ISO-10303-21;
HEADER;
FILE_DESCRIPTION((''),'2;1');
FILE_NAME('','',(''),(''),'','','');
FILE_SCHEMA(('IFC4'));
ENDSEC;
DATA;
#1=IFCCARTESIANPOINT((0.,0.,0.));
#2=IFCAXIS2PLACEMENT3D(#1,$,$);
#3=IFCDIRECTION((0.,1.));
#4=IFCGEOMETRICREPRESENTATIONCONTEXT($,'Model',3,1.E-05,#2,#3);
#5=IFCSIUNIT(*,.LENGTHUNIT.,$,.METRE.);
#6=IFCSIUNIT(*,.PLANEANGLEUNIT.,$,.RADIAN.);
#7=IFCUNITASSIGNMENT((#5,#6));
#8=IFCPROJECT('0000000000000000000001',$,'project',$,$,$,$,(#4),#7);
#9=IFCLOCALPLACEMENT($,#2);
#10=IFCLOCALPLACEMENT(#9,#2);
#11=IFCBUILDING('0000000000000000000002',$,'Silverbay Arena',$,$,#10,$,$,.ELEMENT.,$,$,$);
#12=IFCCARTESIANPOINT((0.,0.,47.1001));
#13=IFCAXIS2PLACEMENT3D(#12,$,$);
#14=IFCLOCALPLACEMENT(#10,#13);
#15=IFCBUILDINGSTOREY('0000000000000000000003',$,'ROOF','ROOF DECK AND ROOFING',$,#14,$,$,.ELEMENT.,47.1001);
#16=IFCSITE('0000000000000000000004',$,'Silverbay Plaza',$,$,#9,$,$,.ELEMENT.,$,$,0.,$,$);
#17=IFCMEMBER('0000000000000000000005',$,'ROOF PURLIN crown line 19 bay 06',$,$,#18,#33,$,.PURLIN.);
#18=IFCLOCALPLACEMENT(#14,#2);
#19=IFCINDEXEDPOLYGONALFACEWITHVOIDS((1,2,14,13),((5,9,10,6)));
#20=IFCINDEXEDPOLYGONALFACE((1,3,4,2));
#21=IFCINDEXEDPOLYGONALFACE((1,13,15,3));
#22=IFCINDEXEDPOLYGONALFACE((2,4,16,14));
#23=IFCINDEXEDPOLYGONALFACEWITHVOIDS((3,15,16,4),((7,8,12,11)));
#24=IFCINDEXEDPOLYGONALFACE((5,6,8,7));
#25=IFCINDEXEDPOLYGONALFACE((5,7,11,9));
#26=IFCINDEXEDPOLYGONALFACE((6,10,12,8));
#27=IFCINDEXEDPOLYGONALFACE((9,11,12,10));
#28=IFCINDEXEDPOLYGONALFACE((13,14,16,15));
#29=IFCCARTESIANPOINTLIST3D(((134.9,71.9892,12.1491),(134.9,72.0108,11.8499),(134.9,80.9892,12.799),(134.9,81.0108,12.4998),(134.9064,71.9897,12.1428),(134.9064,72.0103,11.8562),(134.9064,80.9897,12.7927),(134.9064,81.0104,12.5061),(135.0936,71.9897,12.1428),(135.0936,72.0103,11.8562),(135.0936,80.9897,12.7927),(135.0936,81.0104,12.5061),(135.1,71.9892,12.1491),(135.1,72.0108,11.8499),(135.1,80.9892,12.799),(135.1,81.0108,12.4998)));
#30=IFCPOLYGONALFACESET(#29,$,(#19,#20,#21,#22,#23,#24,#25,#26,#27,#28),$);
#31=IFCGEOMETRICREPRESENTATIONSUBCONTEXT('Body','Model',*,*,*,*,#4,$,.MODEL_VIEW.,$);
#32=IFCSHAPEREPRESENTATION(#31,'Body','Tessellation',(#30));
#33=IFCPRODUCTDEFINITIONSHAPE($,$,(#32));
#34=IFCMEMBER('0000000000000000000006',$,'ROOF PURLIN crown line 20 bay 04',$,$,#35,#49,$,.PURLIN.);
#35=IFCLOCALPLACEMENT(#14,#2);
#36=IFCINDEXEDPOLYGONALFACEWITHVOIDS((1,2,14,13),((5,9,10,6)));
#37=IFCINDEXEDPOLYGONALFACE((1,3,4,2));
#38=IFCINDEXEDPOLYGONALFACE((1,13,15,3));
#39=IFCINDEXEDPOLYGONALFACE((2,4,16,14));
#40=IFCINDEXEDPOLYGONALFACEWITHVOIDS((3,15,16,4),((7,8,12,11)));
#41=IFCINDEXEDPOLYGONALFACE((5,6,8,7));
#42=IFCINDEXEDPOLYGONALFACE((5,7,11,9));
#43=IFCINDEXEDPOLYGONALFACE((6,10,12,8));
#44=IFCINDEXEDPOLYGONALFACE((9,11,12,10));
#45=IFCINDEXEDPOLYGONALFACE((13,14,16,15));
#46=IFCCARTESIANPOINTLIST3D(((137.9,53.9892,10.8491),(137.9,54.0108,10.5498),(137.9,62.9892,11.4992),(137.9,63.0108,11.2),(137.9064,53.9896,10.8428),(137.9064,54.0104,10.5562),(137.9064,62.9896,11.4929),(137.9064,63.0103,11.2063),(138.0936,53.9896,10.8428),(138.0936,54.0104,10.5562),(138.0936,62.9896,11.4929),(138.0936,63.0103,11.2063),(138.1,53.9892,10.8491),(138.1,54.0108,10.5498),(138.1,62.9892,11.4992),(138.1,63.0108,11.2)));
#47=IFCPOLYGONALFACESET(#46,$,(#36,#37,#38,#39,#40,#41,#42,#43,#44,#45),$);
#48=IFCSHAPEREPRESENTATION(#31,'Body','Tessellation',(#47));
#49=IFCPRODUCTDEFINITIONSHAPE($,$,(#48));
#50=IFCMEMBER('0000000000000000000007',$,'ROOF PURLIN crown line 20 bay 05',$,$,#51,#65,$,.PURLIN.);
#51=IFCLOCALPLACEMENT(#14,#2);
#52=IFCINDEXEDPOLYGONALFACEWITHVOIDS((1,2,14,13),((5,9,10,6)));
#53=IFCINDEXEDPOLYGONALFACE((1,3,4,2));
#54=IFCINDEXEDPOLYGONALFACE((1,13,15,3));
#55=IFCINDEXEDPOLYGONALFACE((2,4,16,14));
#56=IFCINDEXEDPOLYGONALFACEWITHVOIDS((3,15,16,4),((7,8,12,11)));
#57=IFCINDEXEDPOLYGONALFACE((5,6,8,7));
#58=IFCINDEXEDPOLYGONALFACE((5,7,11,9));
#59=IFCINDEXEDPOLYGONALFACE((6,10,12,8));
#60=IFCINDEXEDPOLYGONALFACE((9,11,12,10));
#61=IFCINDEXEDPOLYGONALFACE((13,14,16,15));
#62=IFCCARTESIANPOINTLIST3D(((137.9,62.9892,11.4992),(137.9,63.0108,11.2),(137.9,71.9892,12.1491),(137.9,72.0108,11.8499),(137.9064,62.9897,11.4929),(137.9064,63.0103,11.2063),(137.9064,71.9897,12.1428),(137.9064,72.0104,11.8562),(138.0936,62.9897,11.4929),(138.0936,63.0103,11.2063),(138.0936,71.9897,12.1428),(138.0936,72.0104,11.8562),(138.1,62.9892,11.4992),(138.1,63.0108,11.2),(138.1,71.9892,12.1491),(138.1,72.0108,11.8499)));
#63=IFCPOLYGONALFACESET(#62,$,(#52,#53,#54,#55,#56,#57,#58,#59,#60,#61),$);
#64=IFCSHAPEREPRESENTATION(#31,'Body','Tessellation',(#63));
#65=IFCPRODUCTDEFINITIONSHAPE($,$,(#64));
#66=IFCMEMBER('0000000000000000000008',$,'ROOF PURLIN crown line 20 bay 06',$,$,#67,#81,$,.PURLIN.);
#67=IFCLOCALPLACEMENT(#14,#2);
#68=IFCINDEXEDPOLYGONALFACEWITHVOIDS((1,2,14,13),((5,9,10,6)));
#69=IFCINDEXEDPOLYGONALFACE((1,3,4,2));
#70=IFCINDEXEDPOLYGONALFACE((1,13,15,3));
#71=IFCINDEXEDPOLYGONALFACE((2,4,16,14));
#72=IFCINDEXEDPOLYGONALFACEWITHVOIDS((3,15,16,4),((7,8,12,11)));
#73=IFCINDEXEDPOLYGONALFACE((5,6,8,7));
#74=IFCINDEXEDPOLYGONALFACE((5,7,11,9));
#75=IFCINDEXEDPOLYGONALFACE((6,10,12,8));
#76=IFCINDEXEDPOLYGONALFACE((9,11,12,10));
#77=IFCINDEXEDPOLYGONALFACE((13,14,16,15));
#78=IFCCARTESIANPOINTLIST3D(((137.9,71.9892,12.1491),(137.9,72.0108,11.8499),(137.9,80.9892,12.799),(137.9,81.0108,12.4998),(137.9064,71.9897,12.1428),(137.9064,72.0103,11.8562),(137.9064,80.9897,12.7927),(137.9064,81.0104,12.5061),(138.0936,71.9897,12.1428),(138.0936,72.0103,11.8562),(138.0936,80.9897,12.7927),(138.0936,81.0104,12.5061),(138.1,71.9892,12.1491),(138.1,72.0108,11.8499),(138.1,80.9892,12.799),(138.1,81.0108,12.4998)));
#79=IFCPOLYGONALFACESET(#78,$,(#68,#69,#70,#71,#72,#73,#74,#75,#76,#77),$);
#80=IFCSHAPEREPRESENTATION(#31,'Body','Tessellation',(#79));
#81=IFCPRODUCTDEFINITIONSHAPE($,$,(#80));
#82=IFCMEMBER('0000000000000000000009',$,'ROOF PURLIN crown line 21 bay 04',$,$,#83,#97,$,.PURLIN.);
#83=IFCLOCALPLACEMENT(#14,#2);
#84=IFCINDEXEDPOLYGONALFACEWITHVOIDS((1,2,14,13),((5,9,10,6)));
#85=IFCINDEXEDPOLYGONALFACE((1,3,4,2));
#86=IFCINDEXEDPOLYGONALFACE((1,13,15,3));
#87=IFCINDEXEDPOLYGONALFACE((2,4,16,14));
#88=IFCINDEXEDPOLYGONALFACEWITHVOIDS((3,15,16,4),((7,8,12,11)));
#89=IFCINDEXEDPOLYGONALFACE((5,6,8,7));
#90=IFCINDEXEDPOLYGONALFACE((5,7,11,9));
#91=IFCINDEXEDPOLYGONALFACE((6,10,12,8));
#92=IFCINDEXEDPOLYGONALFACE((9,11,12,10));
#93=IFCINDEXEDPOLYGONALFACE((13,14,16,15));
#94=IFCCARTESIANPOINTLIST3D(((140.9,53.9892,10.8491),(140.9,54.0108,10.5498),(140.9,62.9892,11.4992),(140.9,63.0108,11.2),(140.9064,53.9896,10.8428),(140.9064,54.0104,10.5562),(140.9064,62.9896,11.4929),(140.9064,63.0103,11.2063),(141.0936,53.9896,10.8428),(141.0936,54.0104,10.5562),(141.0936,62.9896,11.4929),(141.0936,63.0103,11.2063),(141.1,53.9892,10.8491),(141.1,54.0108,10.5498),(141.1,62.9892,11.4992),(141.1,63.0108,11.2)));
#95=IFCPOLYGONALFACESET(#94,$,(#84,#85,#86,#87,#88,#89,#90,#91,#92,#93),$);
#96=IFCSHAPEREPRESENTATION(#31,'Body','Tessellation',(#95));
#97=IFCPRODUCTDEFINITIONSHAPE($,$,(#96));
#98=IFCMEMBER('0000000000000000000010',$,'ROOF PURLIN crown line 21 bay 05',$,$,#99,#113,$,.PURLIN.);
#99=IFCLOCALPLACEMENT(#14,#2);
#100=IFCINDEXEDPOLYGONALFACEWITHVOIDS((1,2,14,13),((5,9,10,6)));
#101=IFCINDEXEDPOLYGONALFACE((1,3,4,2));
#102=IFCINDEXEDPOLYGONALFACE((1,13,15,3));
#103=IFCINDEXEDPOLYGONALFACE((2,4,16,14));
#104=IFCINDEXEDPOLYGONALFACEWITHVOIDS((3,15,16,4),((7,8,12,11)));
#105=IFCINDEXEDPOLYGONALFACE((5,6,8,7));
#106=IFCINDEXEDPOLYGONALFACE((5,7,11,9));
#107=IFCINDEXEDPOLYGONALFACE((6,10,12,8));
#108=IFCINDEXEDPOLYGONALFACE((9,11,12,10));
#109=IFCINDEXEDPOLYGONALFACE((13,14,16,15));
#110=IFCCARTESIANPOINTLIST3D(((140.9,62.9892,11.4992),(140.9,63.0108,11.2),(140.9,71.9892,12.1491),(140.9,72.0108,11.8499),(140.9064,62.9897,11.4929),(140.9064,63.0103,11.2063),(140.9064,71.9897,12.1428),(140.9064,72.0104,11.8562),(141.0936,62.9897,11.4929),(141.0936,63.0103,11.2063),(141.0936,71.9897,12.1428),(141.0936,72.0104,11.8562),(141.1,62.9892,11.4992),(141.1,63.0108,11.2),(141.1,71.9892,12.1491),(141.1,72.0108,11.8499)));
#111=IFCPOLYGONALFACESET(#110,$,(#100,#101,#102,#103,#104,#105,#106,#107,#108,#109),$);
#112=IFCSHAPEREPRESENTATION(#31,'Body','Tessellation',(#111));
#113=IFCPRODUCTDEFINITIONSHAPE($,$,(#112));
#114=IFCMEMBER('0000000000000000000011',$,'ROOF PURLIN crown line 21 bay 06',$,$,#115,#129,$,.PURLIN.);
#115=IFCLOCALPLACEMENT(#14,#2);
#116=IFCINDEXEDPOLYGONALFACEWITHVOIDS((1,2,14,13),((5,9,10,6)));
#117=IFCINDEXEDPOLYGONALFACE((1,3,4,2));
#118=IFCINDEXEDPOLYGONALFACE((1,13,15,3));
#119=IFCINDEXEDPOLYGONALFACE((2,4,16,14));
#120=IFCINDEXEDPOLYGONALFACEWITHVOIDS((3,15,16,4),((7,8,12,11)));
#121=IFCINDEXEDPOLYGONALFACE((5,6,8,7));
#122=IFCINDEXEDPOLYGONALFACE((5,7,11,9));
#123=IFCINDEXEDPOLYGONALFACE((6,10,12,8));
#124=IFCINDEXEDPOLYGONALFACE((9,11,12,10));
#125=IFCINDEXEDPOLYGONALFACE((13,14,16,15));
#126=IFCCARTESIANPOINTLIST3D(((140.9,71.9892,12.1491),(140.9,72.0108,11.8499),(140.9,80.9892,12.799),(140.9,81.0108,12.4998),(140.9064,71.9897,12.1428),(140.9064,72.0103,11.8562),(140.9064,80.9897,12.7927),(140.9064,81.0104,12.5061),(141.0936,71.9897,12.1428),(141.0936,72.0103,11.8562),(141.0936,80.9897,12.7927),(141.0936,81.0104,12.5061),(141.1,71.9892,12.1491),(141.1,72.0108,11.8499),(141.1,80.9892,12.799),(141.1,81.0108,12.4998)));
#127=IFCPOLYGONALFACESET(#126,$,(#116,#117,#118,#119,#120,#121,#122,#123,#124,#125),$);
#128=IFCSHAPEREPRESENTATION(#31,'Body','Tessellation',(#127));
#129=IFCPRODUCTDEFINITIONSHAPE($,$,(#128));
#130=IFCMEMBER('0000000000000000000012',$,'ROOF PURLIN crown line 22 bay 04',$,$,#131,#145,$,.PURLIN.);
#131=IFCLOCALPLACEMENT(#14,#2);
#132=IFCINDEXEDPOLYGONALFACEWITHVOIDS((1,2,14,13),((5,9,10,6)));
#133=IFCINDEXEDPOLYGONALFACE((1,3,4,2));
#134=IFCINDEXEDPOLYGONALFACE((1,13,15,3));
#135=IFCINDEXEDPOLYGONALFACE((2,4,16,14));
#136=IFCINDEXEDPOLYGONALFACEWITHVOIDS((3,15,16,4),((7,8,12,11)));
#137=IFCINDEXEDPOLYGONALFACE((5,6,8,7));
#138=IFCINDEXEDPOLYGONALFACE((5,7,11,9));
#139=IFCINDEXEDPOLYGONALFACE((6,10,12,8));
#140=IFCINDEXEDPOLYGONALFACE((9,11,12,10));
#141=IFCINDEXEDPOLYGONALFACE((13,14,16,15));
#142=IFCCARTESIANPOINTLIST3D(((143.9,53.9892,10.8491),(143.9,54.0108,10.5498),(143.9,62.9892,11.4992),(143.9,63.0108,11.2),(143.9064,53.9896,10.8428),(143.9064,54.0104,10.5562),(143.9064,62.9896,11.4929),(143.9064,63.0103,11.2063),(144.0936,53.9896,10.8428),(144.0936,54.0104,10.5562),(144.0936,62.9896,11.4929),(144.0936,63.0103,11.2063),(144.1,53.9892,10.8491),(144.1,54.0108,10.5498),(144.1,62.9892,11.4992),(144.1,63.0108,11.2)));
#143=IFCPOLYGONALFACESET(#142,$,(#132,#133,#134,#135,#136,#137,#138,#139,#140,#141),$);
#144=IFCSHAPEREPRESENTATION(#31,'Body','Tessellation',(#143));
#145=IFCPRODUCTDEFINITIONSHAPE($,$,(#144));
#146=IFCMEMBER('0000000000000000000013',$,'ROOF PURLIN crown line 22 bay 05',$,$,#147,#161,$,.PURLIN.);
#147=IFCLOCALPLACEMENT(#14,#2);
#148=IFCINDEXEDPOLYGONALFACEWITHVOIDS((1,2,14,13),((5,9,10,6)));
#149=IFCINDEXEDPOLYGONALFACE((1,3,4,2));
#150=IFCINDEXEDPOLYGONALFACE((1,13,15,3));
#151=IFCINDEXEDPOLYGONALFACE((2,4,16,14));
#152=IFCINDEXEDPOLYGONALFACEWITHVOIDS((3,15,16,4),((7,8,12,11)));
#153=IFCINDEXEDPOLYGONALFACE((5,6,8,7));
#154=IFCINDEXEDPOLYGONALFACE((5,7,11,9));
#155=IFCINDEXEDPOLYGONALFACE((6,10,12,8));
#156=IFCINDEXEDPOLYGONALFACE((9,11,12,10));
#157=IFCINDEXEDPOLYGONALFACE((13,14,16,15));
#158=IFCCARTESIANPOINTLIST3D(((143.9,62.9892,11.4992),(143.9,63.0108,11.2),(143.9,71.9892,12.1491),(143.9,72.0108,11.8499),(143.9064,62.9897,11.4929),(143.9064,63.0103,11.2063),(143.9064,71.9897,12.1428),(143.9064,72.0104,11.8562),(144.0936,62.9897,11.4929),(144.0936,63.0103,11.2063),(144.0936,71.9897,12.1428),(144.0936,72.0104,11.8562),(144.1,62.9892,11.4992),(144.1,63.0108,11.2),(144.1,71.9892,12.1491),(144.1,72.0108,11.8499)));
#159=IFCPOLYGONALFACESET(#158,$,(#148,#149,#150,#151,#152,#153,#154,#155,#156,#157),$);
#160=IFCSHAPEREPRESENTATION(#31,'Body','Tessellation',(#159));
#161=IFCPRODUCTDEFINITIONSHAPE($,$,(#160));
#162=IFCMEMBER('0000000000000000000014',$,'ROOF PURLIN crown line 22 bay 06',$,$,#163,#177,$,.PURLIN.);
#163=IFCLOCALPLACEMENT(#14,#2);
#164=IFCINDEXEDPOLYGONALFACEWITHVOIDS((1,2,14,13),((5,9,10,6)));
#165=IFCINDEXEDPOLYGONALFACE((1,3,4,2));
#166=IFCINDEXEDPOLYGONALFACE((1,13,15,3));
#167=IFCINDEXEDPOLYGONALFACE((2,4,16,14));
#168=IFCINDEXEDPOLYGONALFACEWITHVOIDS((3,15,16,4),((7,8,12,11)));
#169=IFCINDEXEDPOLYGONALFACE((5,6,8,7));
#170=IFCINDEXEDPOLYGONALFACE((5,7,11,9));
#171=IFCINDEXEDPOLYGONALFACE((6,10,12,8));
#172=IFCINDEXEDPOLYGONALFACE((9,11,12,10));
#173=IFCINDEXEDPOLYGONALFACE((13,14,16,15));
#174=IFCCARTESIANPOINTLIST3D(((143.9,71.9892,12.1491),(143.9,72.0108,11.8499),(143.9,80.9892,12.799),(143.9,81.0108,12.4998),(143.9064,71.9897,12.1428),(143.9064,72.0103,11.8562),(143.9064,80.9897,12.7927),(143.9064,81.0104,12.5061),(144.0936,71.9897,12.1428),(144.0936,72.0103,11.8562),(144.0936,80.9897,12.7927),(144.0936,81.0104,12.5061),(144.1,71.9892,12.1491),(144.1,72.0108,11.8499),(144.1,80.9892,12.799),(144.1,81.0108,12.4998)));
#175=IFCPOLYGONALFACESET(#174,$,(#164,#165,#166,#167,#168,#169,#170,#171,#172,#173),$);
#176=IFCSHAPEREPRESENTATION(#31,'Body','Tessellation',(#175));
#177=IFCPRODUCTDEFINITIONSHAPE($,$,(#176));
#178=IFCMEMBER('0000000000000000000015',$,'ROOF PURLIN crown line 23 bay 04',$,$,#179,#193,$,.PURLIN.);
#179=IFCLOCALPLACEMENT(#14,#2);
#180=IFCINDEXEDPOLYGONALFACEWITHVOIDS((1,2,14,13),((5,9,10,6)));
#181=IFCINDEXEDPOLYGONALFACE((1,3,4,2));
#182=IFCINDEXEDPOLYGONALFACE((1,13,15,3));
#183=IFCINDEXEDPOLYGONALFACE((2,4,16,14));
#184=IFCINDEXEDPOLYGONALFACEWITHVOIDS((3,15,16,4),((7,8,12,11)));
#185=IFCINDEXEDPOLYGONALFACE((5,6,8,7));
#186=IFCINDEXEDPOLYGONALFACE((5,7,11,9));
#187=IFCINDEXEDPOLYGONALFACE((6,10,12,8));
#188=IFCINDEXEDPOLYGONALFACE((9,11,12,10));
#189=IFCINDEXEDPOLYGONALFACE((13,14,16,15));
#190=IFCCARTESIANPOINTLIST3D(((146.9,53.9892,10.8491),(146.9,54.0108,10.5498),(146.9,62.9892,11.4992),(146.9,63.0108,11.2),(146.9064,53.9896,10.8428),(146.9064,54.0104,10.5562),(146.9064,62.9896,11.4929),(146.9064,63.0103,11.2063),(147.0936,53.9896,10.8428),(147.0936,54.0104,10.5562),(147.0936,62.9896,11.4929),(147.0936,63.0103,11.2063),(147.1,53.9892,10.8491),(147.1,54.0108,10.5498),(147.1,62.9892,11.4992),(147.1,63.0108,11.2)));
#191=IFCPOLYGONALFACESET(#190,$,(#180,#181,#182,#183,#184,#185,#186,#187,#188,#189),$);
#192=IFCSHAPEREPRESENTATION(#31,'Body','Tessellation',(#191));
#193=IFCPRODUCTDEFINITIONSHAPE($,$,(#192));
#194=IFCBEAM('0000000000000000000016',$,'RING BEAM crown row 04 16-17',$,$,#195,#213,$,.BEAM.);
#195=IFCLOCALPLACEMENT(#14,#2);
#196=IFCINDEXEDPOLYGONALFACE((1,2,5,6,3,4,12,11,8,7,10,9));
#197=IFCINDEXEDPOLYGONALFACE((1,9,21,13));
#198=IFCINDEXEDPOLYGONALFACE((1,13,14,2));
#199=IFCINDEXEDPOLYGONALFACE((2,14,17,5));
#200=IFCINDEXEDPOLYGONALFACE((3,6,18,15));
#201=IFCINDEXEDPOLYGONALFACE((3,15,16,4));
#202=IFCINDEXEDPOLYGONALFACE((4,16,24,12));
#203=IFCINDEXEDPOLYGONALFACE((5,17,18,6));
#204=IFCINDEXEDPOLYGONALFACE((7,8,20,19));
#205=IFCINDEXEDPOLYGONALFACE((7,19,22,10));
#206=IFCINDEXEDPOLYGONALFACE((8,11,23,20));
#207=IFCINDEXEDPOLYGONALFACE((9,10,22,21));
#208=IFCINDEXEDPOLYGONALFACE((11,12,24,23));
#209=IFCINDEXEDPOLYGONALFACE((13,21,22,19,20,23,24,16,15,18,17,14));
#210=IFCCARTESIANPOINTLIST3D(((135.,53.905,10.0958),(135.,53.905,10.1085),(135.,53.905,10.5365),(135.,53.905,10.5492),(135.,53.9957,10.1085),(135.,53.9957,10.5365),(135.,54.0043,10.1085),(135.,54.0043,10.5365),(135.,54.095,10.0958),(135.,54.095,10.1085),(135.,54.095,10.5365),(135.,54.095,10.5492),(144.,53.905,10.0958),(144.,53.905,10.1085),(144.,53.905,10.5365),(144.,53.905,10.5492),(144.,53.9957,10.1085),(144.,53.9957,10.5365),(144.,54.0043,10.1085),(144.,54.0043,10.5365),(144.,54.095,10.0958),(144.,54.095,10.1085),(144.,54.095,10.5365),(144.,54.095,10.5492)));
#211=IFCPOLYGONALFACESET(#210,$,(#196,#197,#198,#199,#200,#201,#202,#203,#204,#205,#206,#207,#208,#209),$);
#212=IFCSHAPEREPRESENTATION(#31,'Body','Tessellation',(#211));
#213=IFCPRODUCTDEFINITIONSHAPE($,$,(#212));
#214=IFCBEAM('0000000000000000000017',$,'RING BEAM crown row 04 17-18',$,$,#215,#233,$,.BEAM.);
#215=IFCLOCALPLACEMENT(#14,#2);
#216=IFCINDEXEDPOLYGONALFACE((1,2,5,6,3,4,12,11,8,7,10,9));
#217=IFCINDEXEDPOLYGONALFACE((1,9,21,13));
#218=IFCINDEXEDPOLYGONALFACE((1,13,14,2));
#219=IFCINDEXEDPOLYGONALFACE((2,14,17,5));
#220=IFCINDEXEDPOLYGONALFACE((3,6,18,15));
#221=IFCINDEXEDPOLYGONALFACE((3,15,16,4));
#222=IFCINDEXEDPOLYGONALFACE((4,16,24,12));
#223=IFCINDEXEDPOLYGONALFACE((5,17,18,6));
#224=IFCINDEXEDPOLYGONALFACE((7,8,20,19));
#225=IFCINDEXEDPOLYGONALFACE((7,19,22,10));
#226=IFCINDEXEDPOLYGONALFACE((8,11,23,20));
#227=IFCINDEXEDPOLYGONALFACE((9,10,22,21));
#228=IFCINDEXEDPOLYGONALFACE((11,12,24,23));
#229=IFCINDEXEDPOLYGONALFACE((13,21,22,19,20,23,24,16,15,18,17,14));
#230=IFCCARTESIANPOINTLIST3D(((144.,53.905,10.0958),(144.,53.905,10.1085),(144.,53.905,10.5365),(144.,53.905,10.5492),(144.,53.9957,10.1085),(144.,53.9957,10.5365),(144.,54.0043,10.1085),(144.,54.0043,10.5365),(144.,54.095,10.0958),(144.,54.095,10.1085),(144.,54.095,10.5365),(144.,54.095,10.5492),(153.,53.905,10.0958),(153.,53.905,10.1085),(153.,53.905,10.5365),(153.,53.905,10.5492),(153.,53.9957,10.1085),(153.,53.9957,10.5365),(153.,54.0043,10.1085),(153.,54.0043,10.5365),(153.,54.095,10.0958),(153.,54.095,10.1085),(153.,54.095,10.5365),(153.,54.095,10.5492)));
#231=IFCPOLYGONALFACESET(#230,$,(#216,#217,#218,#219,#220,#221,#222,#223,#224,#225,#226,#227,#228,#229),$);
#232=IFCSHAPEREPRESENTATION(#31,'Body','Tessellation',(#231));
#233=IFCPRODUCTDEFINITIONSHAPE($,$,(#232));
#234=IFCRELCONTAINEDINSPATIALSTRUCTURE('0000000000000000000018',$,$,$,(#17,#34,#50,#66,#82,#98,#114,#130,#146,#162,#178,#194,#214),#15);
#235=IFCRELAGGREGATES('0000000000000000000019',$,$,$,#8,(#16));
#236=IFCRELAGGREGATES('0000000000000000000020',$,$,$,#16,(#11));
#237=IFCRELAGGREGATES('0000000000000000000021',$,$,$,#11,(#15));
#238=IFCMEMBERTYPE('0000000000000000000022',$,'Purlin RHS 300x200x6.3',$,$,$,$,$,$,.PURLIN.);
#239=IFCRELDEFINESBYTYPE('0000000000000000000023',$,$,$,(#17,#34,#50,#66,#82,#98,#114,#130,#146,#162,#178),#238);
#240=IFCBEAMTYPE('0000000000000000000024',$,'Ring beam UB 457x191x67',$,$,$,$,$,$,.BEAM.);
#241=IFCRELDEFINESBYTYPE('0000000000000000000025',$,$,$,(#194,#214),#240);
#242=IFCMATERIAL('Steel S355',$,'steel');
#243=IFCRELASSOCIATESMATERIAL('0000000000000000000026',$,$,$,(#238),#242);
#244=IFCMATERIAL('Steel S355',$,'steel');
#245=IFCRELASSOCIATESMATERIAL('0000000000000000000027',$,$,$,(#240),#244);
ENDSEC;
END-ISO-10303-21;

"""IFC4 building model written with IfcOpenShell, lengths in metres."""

from ifc_helpers import new_model, si_unit, direction, frame, origin, origin_2d, place, context, subcontext, project, spatial, hollow_rectangle, i_section, extrude, material, material_profile, profile_set, type_object, element, save


model = new_model("IFC4")

# Units and contexts
model_context = context("Model", 3, precision=1e-05, world=origin(), true_north=direction((0.0, 1.0)))
body_context = subcontext(model_context, "Body", "Model", "MODEL_VIEW")
ifc_project = project(units=[si_unit("LENGTHUNIT", "METRE"), si_unit("PLANEANGLEUNIT", "RADIAN")], contexts=[model_context])

# Site, building, storey
site_placement = place(None, origin())
site = spatial("IfcSite", under=ifc_project, at=site_placement, Name="Silverbay Plaza", CompositionType="ELEMENT", RefElevation=0.0)
building_placement = place(site_placement, origin())
building = spatial("IfcBuilding", under=site, at=building_placement, Name="Silverbay Arena", CompositionType="ELEMENT")
storey_placement = place(building_placement, frame((0.0, 0.0, 47.1001)))
storey = spatial("IfcBuildingStorey", under=building, at=storey_placement, Name="ROOF", Description="ROOF DECK AND ROOFING", CompositionType="ELEMENT", Elevation=47.1001)

# Members
ifc_material_1 = material(Name="Steel S355", Category="steel")
ifc_material_profile_1 = material_profile(ifc_material_1, hollow_rectangle(XDim=0.2, YDim=0.3, WallThickness=0.0063, at=origin_2d()), Name="RHS 300x200x6.3")
ifc_profile_set_1 = profile_set([ifc_material_profile_1], Name="Steel S355")
member_type_1 = type_object("IfcMemberType", Name="Purlin RHS 300x200x6.3", PredefinedType="PURLIN", material=ifc_profile_set_1)
for number, where, z_axis, x_axis, name in (
    (1, (135.0, 72.0, 11.9995), (0.0, 0.997403, 0.072024), (-1.0, 0.0, 0.0), "ROOF PURLIN crown line 19 bay 06"),
    (2, (138.0, 54.0, 10.6995), (0.0, 0.997401, 0.072051), (-1.0, 0.0, 0.0), "ROOF PURLIN crown line 20 bay 04"),
    (3, (138.0, 63.0, 11.3496), (0.0, 0.997403, 0.072024), (-1.0, 0.0, 0.0), "ROOF PURLIN crown line 20 bay 05"),
    (4, (138.0, 72.0, 11.9995), (0.0, 0.997403, 0.072024), (-1.0, 0.0, 0.0), "ROOF PURLIN crown line 20 bay 06"),
    (5, (141.0, 54.0, 10.6995), (0.0, 0.997401, 0.072051), (-1.0, 0.0, 0.0), "ROOF PURLIN crown line 21 bay 04"),
    (6, (141.0, 63.0, 11.3496), (0.0, 0.997403, 0.072024), (-1.0, 0.0, 0.0), "ROOF PURLIN crown line 21 bay 05"),
    (7, (141.0, 72.0, 11.9995), (0.0, 0.997403, 0.072024), (-1.0, 0.0, 0.0), "ROOF PURLIN crown line 21 bay 06"),
    (8, (144.0, 54.0, 10.6995), (0.0, 0.997401, 0.072051), (-1.0, 0.0, 0.0), "ROOF PURLIN crown line 22 bay 04"),
    (9, (144.0, 63.0, 11.3496), (0.0, 0.997403, 0.072024), (-1.0, 0.0, 0.0), "ROOF PURLIN crown line 22 bay 05"),
    (10, (144.0, 72.0, 11.9995), (0.0, 0.997403, 0.072024), (-1.0, 0.0, 0.0), "ROOF PURLIN crown line 22 bay 06"),
    (11, (147.0, 54.0, 10.6995), (0.0, 0.997401, 0.072051), (-1.0, 0.0, 0.0), "ROOF PURLIN crown line 23 bay 04"),
):
    element("IfcMember", number, at=place(storey_placement, frame(where, z_axis=z_axis, x_axis=x_axis)), inside=storey, type_object=member_type_1, Name=name, PredefinedType="PURLIN", context=body_context, shape_type="SweptSolid", body=[
        extrude(hollow_rectangle(XDim=0.2, YDim=0.3, WallThickness=0.0063, at=origin_2d()), origin(), (0.0, 0.0, 1.0), 9.0234),
    ])

# Beams
ifc_material_2 = material(Name="Steel S355", Category="steel")
ifc_material_profile_2 = material_profile(ifc_material_2, i_section(OverallWidth=0.1899, OverallDepth=0.4534, WebThickness=0.0085, FlangeThickness=0.0127, at=origin_2d()), Name="UB 457x191x67")
ifc_profile_set_2 = profile_set([ifc_material_profile_2], Name="Steel S355")
beam_type = type_object("IfcBeamType", Name="Ring beam UB 457x191x67", PredefinedType="BEAM", material=ifc_profile_set_2)
for number, where, z_axis, x_axis, name in (
    (12, (135.0, 54.0, 10.3225), (1.0, 0.0, 0.0), (0.0, 1.0, 0.0), "RING BEAM crown row 04 16-17"),
    (13, (144.0, 54.0, 10.3225), (1.0, 0.0, 0.0), (0.0, 1.0, 0.0), "RING BEAM crown row 04 17-18"),
):
    element("IfcBeam", number, at=place(storey_placement, frame(where, z_axis=z_axis, x_axis=x_axis)), inside=storey, type_object=beam_type, Name=name, PredefinedType="BEAM", context=body_context, shape_type="SweptSolid", body=[
        extrude(i_section(OverallWidth=0.1899, OverallDepth=0.4534, WebThickness=0.0085, FlangeThickness=0.0127, at=origin_2d()), origin(), (0.0, 0.0, 1.0), 9.0),
    ])

save(model, "model.ifc")
